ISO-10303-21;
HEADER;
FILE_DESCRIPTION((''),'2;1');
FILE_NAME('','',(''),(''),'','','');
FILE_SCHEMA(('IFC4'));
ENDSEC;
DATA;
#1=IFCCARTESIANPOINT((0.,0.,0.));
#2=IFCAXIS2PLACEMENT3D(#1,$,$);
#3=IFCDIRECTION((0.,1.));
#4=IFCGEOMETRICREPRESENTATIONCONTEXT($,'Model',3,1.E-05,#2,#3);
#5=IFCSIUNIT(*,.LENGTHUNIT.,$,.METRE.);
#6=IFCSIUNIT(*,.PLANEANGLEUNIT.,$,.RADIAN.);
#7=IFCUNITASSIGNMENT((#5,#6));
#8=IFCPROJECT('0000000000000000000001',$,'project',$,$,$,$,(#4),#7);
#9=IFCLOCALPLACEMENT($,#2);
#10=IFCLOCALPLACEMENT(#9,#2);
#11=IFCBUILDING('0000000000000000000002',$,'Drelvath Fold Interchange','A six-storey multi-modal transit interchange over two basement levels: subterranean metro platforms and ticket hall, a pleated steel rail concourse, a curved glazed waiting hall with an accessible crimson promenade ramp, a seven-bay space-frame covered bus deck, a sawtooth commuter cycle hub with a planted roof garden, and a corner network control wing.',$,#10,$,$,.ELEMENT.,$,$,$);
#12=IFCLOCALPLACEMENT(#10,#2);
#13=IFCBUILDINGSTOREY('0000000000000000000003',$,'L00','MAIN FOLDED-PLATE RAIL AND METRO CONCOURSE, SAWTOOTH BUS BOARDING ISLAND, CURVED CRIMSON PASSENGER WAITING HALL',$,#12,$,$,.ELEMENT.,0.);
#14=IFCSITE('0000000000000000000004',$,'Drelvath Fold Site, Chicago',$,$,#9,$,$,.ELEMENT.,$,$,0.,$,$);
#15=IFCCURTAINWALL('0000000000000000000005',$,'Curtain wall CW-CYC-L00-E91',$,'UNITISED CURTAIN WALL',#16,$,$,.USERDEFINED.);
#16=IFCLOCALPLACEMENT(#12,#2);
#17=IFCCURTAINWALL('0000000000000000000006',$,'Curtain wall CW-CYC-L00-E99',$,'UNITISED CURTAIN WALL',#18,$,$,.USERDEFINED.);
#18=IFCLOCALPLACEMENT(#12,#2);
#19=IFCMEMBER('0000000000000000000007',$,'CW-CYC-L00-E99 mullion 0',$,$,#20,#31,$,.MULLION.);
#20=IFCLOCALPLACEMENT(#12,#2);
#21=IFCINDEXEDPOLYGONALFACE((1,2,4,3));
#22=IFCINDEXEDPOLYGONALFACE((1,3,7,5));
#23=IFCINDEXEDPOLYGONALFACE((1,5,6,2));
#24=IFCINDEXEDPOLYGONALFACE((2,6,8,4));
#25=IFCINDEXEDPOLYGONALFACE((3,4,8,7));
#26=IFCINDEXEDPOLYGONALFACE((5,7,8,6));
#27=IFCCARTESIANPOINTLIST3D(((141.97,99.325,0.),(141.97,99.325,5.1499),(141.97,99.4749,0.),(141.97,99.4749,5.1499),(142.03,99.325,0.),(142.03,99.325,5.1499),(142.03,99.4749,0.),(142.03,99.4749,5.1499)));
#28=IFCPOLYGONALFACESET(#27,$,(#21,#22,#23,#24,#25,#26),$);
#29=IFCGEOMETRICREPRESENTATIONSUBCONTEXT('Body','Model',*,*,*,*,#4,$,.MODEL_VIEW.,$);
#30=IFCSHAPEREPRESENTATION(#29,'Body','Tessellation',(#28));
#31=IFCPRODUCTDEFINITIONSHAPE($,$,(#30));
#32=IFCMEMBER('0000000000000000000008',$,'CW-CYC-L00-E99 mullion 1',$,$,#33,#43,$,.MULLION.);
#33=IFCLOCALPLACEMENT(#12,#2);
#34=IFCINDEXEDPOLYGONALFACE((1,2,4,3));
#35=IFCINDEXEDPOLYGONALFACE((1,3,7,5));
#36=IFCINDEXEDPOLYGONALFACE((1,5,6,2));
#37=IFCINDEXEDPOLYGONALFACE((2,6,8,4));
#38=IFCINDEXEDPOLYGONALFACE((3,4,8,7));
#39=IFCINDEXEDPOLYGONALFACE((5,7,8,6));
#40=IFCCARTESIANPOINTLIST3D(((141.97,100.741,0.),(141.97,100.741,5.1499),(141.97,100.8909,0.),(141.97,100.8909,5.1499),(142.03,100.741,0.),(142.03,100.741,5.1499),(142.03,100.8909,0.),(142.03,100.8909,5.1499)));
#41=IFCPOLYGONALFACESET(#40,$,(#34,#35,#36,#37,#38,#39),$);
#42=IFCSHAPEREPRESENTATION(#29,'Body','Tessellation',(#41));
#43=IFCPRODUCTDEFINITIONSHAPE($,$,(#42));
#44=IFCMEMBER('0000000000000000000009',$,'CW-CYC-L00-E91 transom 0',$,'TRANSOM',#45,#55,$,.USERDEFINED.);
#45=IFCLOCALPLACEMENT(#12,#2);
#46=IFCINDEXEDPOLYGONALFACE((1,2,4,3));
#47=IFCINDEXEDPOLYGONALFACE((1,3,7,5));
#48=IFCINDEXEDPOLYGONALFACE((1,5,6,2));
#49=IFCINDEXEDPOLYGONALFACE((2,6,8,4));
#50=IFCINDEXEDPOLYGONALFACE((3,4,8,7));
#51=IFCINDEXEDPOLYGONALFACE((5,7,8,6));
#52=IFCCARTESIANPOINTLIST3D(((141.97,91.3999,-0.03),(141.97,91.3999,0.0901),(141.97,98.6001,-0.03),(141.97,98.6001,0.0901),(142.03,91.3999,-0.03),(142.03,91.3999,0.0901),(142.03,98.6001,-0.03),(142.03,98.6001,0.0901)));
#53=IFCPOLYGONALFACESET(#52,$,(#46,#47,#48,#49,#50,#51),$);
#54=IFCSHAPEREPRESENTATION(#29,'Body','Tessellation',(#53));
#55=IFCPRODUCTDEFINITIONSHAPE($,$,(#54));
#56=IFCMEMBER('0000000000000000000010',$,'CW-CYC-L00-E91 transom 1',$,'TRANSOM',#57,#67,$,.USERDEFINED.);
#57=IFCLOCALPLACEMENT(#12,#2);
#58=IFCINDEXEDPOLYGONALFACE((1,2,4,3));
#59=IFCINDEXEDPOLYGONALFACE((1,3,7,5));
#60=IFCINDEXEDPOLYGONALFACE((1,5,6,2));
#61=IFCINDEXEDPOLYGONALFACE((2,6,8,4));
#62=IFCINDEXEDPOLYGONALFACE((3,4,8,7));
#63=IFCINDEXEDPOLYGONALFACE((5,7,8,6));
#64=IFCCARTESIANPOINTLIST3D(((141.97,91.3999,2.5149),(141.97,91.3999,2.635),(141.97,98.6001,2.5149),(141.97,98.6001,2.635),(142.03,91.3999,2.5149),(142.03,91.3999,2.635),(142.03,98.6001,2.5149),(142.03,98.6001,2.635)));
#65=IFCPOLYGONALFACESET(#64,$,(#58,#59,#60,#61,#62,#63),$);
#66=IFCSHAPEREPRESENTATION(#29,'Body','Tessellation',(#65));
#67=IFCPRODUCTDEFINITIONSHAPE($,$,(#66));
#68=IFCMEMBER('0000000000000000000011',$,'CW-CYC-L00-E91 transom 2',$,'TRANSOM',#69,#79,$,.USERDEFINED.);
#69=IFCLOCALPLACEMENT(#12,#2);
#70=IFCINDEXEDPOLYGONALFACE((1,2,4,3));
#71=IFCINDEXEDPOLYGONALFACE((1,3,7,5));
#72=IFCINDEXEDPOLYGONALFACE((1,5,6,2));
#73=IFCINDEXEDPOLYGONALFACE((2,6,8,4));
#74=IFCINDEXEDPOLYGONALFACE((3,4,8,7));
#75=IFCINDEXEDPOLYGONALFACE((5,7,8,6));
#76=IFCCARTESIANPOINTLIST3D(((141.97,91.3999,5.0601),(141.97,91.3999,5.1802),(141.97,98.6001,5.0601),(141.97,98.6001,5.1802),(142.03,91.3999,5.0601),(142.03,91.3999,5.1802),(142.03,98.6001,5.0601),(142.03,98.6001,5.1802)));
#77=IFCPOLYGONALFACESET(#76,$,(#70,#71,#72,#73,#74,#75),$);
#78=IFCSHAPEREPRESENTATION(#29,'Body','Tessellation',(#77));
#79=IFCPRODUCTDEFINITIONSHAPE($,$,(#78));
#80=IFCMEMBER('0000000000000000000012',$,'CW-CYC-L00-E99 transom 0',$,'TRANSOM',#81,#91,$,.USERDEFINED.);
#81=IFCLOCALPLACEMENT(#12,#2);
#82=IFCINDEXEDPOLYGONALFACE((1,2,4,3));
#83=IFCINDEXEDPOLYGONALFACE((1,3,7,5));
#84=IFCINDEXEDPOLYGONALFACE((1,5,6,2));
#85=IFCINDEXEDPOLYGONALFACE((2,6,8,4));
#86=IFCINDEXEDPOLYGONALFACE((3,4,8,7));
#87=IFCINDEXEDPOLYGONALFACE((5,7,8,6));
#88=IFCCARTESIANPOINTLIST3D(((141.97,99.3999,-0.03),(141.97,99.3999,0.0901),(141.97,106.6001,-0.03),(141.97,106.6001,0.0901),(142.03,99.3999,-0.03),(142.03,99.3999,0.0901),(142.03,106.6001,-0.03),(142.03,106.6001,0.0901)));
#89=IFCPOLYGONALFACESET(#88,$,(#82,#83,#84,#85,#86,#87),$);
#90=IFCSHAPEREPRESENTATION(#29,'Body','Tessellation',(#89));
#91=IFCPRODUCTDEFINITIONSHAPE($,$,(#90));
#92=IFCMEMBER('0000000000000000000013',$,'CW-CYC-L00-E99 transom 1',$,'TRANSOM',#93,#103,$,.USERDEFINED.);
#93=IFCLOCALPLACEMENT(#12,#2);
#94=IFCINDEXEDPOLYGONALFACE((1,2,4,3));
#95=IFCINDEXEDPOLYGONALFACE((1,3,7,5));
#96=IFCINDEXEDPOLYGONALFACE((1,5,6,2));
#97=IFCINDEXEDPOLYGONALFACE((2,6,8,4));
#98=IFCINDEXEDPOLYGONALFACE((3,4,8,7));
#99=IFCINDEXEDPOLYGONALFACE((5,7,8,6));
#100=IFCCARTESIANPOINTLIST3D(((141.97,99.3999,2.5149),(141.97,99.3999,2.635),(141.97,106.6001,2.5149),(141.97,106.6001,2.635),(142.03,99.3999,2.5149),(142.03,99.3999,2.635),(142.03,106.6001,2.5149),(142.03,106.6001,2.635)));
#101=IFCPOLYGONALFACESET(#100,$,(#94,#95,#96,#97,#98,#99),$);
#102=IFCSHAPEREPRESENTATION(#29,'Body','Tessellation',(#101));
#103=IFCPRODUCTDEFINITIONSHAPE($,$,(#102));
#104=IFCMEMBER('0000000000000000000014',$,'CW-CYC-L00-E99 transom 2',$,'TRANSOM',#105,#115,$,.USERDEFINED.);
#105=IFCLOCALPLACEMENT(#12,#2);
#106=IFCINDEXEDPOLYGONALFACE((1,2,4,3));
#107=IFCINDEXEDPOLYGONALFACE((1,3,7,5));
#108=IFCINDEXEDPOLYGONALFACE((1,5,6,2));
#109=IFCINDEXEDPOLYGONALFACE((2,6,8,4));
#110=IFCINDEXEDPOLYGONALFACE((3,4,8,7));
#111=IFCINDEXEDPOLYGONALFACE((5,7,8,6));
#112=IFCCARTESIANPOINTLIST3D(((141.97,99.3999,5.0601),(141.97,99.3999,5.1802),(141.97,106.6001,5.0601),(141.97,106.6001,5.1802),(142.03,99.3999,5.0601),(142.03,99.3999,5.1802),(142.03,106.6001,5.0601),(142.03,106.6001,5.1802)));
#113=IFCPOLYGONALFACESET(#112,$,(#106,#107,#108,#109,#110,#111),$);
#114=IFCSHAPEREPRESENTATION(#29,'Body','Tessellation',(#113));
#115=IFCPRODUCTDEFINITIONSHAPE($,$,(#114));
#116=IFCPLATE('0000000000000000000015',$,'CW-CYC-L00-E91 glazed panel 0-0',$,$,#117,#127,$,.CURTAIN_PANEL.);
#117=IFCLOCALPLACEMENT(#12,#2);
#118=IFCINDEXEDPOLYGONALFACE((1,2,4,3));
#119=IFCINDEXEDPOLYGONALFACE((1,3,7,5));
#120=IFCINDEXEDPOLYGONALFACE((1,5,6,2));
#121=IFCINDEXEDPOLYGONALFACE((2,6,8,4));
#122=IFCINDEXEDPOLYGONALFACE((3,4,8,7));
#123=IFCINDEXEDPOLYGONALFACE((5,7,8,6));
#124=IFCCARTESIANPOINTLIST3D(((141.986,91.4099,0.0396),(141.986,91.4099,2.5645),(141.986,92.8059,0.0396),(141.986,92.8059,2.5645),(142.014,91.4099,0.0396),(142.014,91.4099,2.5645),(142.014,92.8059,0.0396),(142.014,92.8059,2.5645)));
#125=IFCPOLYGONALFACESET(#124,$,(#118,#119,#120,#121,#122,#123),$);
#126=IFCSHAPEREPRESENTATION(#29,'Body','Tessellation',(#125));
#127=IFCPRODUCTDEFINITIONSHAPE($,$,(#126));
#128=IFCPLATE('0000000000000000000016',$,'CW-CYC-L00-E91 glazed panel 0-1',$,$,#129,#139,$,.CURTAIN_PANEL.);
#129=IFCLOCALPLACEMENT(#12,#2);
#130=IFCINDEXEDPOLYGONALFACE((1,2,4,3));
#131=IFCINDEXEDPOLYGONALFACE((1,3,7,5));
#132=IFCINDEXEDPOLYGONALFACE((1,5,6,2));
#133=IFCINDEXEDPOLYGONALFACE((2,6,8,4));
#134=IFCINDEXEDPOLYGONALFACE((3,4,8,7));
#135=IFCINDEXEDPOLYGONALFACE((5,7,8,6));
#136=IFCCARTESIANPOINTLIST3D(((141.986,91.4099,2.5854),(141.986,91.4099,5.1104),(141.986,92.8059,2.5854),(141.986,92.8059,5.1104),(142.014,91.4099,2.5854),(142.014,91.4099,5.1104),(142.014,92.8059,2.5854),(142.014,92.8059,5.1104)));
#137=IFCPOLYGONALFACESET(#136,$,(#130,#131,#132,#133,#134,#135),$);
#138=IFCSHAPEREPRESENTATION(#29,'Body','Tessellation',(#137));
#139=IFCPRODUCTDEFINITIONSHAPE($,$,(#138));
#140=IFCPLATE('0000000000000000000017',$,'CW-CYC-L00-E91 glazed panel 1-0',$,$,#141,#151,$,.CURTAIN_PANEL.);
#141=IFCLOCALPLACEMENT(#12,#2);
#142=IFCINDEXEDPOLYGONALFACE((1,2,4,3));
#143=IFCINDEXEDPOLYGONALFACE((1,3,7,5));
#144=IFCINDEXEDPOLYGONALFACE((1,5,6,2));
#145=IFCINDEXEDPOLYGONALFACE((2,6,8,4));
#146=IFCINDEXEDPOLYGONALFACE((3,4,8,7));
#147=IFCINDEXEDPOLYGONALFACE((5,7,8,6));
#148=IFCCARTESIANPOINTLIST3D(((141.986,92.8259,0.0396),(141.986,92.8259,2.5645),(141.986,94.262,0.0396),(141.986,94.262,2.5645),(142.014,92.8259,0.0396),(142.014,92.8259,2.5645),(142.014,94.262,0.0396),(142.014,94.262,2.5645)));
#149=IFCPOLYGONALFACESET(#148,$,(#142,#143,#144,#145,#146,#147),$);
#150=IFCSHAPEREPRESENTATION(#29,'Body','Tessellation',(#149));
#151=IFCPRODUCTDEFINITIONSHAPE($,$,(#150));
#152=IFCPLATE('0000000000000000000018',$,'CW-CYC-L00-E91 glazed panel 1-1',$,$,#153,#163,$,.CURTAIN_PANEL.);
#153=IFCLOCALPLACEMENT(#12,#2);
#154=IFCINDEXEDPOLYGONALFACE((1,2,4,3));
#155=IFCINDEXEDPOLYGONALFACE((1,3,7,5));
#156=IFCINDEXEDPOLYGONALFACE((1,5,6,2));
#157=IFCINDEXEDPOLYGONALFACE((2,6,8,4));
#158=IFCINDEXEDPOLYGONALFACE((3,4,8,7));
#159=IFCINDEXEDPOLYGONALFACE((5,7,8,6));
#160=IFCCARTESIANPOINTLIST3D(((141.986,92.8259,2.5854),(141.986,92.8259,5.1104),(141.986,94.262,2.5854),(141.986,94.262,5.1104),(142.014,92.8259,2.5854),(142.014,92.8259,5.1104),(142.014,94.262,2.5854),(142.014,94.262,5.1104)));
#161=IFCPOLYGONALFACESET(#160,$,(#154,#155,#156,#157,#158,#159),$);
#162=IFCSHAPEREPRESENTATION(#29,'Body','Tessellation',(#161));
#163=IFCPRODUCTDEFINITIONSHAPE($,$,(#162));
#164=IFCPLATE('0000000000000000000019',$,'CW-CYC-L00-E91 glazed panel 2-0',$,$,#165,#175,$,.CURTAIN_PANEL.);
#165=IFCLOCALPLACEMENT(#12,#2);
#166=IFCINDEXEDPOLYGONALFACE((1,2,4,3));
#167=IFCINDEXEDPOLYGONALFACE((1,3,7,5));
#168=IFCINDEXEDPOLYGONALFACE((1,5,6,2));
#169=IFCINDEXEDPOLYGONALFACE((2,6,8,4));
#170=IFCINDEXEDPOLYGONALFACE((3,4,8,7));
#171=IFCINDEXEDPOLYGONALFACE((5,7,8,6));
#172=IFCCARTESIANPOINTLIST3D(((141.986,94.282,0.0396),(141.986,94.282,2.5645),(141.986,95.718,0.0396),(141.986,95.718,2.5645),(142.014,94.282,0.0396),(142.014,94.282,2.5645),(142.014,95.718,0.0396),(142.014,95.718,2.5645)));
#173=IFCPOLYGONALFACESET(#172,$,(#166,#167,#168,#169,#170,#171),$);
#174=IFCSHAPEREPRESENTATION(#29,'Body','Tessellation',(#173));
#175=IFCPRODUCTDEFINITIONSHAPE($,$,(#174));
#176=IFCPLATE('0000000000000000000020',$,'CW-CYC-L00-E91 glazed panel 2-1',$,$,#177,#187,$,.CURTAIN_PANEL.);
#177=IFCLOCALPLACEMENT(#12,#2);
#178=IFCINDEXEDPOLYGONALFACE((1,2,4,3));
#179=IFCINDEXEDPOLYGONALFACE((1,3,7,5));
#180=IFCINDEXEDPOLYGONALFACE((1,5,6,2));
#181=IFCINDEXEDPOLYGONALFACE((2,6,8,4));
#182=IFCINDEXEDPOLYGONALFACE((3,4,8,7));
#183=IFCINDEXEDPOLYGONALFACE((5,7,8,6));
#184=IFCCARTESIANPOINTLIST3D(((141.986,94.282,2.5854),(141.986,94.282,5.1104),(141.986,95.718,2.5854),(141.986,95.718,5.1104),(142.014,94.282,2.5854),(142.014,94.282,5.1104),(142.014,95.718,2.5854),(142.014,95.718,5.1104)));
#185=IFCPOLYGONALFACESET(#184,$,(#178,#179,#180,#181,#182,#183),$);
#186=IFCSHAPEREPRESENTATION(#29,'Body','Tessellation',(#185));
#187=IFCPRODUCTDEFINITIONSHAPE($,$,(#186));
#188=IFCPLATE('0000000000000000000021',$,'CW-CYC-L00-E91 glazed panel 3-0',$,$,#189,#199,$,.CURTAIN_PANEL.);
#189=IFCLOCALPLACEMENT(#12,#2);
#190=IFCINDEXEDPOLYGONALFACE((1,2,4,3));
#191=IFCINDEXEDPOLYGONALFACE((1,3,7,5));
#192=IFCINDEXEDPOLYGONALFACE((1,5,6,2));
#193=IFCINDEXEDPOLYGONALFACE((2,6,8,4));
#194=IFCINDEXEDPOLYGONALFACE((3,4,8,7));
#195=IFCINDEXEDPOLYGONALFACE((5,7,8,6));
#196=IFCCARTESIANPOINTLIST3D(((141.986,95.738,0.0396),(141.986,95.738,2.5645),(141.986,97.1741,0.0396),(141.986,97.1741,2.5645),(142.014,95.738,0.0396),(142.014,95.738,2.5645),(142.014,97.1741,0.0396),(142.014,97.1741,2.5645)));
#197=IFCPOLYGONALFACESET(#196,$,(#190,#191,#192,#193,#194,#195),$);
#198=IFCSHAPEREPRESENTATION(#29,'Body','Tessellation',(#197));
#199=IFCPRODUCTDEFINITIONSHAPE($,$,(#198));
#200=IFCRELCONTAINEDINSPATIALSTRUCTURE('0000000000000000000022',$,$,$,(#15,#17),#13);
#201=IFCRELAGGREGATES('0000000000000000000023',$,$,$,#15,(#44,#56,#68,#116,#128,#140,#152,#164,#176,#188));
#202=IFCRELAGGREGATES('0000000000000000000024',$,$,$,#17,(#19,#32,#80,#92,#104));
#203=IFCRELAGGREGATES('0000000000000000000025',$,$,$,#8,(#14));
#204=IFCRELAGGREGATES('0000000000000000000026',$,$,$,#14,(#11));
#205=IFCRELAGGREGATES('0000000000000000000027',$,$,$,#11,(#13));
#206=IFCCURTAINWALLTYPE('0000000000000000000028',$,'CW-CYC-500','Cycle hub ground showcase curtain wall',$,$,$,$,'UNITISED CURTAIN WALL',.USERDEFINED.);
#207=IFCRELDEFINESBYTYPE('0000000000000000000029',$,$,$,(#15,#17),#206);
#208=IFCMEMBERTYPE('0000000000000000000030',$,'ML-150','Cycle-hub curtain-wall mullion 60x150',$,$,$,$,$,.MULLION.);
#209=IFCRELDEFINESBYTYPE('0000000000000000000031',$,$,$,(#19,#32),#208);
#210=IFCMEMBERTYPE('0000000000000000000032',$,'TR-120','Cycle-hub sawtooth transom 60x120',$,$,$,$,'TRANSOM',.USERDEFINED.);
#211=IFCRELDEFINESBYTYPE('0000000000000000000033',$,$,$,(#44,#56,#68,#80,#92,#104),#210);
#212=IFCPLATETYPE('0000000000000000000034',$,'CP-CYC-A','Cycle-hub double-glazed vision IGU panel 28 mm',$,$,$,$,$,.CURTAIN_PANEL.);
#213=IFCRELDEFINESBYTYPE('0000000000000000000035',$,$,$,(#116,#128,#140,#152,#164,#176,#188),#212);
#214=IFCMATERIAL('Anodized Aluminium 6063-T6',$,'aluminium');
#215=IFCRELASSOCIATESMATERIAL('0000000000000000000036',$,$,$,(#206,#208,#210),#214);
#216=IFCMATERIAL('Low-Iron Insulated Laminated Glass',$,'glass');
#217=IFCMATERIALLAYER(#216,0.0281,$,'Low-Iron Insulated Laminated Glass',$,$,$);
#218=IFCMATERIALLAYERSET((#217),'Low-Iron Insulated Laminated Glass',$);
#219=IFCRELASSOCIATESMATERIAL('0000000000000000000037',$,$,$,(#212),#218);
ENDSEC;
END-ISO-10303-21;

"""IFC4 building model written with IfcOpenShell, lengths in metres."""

from ifc_helpers import new_model, si_unit, direction, frame, origin, origin_2d, place, context, subcontext, project, spatial, rectangle, extrude, material, layer, layer_set, material_profile, profile_set, type_object, element, aggregate, save


model = new_model("IFC4")

# Units and contexts
model_context = context("Model", 3, precision=1e-05, world=origin(), true_north=direction((0.0, 1.0)))
body_context = subcontext(model_context, "Body", "Model", "MODEL_VIEW")
ifc_project = project(units=[si_unit("LENGTHUNIT", "METRE"), si_unit("PLANEANGLEUNIT", "RADIAN")], contexts=[model_context])

# Site, building, storey
site_placement = place(None, origin())
site = spatial("IfcSite", under=ifc_project, at=site_placement, Name="Drelvath Fold Site, Chicago", CompositionType="ELEMENT", RefElevation=0.0)
building_placement = place(site_placement, origin())
building = spatial("IfcBuilding", under=site, at=building_placement, Name="Drelvath Fold Interchange", Description="A six-storey multi-modal transit interchange over two basement levels: subterranean metro platforms and ticket hall, a pleated steel rail concourse, a curved glazed waiting hall with an accessible crimson promenade ramp, a seven-bay space-frame covered bus deck, a sawtooth commuter cycle hub with a planted roof garden, and a corner network control wing.", CompositionType="ELEMENT")
storey_placement = place(building_placement, origin())
storey = spatial("IfcBuildingStorey", under=building, at=storey_placement, Name="L00", Description="MAIN FOLDED-PLATE RAIL AND METRO CONCOURSE, SAWTOOTH BUS BOARDING ISLAND, CURVED CRIMSON PASSENGER WAITING HALL", CompositionType="ELEMENT", Elevation=0.0)

# Curtain walls, members
ifc_material_1 = material(Name="Anodized Aluminium 6063-T6", Category="aluminium")
curtain_wall_type = type_object("IfcCurtainWallType", Name="CW-CYC-500", Description="Cycle hub ground showcase curtain wall", ElementType="UNITISED CURTAIN WALL", PredefinedType="USERDEFINED", material=ifc_material_1)
curtain_wall_1_placement = place(storey_placement, origin())
curtain_wall_1 = element("IfcCurtainWall", 1, at=curtain_wall_1_placement, inside=storey, type_object=curtain_wall_type, Name="Curtain wall CW-CYC-L00-E91", ObjectType="UNITISED CURTAIN WALL", PredefinedType="USERDEFINED")
ifc_material_profile_1 = material_profile(ifc_material_1, rectangle(XDim=0.0601, YDim=0.1499, at=origin_2d()), Name="AL-M 60x150")
ifc_profile_set_1 = profile_set([ifc_material_profile_1], Name="Anodized Aluminium 6063-T6")
member_type_1 = type_object("IfcMemberType", Name="ML-150", Description="Cycle-hub curtain-wall mullion 60x150", PredefinedType="MULLION", material=ifc_profile_set_1)
curtain_wall_2_placement = place(storey_placement, origin())
curtain_wall_2 = element("IfcCurtainWall", 2, at=curtain_wall_2_placement, inside=storey, type_object=curtain_wall_type, Name="Curtain wall CW-CYC-L00-E99", ObjectType="UNITISED CURTAIN WALL", PredefinedType="USERDEFINED")
member_1_placement = place(storey_placement, frame((142.0, 99.3999, 0.0), z_axis=(0.0, 0.0, 1.0), x_axis=(1.0, 0.0, 0.0)))
member_1 = element("IfcMember", 3, at=member_1_placement, type_object=member_type_1, Name="CW-CYC-L00-E99 mullion 0", PredefinedType="MULLION", context=body_context, shape_type="SweptSolid", body=[
    extrude(rectangle(XDim=0.0601, YDim=0.1499, at=origin_2d()), origin(), (0.0, 0.0, 1.0), 5.1499),
])
member_2_placement = place(storey_placement, frame((142.0, 100.8159, 0.0), z_axis=(0.0, 0.0, 1.0), x_axis=(1.0, 0.0, 0.0)))
member_2 = element("IfcMember", 4, at=member_2_placement, type_object=member_type_1, Name="CW-CYC-L00-E99 mullion 1", PredefinedType="MULLION", context=body_context, shape_type="SweptSolid", body=[
    extrude(rectangle(XDim=0.0601, YDim=0.1499, at=origin_2d()), origin(), (0.0, 0.0, 1.0), 5.1499),
])

# Members
ifc_material_profile_2 = material_profile(ifc_material_1, rectangle(XDim=0.0601, YDim=0.1201, at=origin_2d()), Name="AL-T 60x120")
ifc_profile_set_2 = profile_set([ifc_material_profile_2], Name="Anodized Aluminium 6063-T6")
member_type_2 = type_object("IfcMemberType", Name="TR-120", Description="Cycle-hub sawtooth transom 60x120", ElementType="TRANSOM", PredefinedType="USERDEFINED", material=ifc_profile_set_2)
member_3_placement = place(storey_placement, frame((142.0, 91.3999, 0.03), z_axis=(0.0, 1.0, 0.0), x_axis=(-1.0, 0.0, 0.0)))
member_3 = element("IfcMember", 5, at=member_3_placement, type_object=member_type_2, Name="CW-CYC-L00-E91 transom 0", ObjectType="TRANSOM", PredefinedType="USERDEFINED", context=body_context, shape_type="SweptSolid", body=[
    extrude(rectangle(XDim=0.0601, YDim=0.1201, at=origin_2d()), origin(), (0.0, 0.0, 1.0), 7.2002),
])
member_4_placement = place(storey_placement, frame((142.0, 91.3999, 2.575), z_axis=(0.0, 1.0, 0.0), x_axis=(-1.0, 0.0, 0.0)))
member_4 = element("IfcMember", 6, at=member_4_placement, type_object=member_type_2, Name="CW-CYC-L00-E91 transom 1", ObjectType="TRANSOM", PredefinedType="USERDEFINED", context=body_context, shape_type="SweptSolid", body=[
    extrude(rectangle(XDim=0.0601, YDim=0.1201, at=origin_2d()), origin(), (0.0, 0.0, 1.0), 7.2002),
])
member_5_placement = place(storey_placement, frame((142.0, 91.3999, 5.1201), z_axis=(0.0, 1.0, 0.0), x_axis=(-1.0, 0.0, 0.0)))
member_5 = element("IfcMember", 7, at=member_5_placement, type_object=member_type_2, Name="CW-CYC-L00-E91 transom 2", ObjectType="TRANSOM", PredefinedType="USERDEFINED", context=body_context, shape_type="SweptSolid", body=[
    extrude(rectangle(XDim=0.0601, YDim=0.1201, at=origin_2d()), origin(), (0.0, 0.0, 1.0), 7.2002),
])
member_6_placement = place(storey_placement, frame((142.0, 99.3999, 0.03), z_axis=(0.0, 1.0, 0.0), x_axis=(-1.0, 0.0, 0.0)))
member_6 = element("IfcMember", 8, at=member_6_placement, type_object=member_type_2, Name="CW-CYC-L00-E99 transom 0", ObjectType="TRANSOM", PredefinedType="USERDEFINED", context=body_context, shape_type="SweptSolid", body=[
    extrude(rectangle(XDim=0.0601, YDim=0.1201, at=origin_2d()), origin(), (0.0, 0.0, 1.0), 7.2002),
])
member_7_placement = place(storey_placement, frame((142.0, 99.3999, 2.575), z_axis=(0.0, 1.0, 0.0), x_axis=(-1.0, 0.0, 0.0)))
member_7 = element("IfcMember", 9, at=member_7_placement, type_object=member_type_2, Name="CW-CYC-L00-E99 transom 1", ObjectType="TRANSOM", PredefinedType="USERDEFINED", context=body_context, shape_type="SweptSolid", body=[
    extrude(rectangle(XDim=0.0601, YDim=0.1201, at=origin_2d()), origin(), (0.0, 0.0, 1.0), 7.2002),
])
member_8_placement = place(storey_placement, frame((142.0, 99.3999, 5.1201), z_axis=(0.0, 1.0, 0.0), x_axis=(-1.0, 0.0, 0.0)))
member_8 = element("IfcMember", 10, at=member_8_placement, type_object=member_type_2, Name="CW-CYC-L00-E99 transom 2", ObjectType="TRANSOM", PredefinedType="USERDEFINED", context=body_context, shape_type="SweptSolid", body=[
    extrude(rectangle(XDim=0.0601, YDim=0.1201, at=origin_2d()), origin(), (0.0, 0.0, 1.0), 7.2002),
])

# Plates
ifc_material_2 = material(Name="Low-Iron Insulated Laminated Glass", Category="glass")
ifc_layer = layer(ifc_material_2, 0.0281, Name="Low-Iron Insulated Laminated Glass")
ifc_layer_set = layer_set([ifc_layer], Name="Low-Iron Insulated Laminated Glass")
plate_type = type_object("IfcPlateType", Name="CP-CYC-A", Description="Cycle-hub double-glazed vision IGU panel 28 mm", PredefinedType="CURTAIN_PANEL", material=ifc_layer_set)
plate_1_placement = place(storey_placement, frame((142.0, 92.1079, 0.0396), z_axis=(0.0, 0.0, 1.0), x_axis=(0.0, 1.0, 0.0)))
plate_1 = element("IfcPlate", 11, at=plate_1_placement, type_object=plate_type, Name="CW-CYC-L00-E91 glazed panel 0-0", PredefinedType="CURTAIN_PANEL", context=body_context, shape_type="SweptSolid", body=[
    extrude(rectangle(XDim=1.396, YDim=0.0281, at=origin_2d()), origin(), (0.0, 0.0, 1.0), 2.5249),
])
plate_2_placement = place(storey_placement, frame((142.0, 92.1079, 2.5854), z_axis=(0.0, 0.0, 1.0), x_axis=(0.0, 1.0, 0.0)))
plate_2 = element("IfcPlate", 12, at=plate_2_placement, type_object=plate_type, Name="CW-CYC-L00-E91 glazed panel 0-1", PredefinedType="CURTAIN_PANEL", context=body_context, shape_type="SweptSolid", body=[
    extrude(rectangle(XDim=1.396, YDim=0.0281, at=origin_2d()), origin(), (0.0, 0.0, 1.0), 2.5249),
])
plate_3_placement = place(storey_placement, frame((142.0, 93.5439, 0.0396), z_axis=(0.0, 0.0, 1.0), x_axis=(0.0, 1.0, 0.0)))
plate_3 = element("IfcPlate", 13, at=plate_3_placement, type_object=plate_type, Name="CW-CYC-L00-E91 glazed panel 1-0", PredefinedType="CURTAIN_PANEL", context=body_context, shape_type="SweptSolid", body=[
    extrude(rectangle(XDim=1.436, YDim=0.0281, at=origin_2d()), origin(), (0.0, 0.0, 1.0), 2.5249),
])
plate_4_placement = place(storey_placement, frame((142.0, 93.5439, 2.5854), z_axis=(0.0, 0.0, 1.0), x_axis=(0.0, 1.0, 0.0)))
plate_4 = element("IfcPlate", 14, at=plate_4_placement, type_object=plate_type, Name="CW-CYC-L00-E91 glazed panel 1-1", PredefinedType="CURTAIN_PANEL", context=body_context, shape_type="SweptSolid", body=[
    extrude(rectangle(XDim=1.436, YDim=0.0281, at=origin_2d()), origin(), (0.0, 0.0, 1.0), 2.5249),
])
plate_5_placement = place(storey_placement, frame((142.0, 95.0, 0.0396), z_axis=(0.0, 0.0, 1.0), x_axis=(0.0, 1.0, 0.0)))
plate_5 = element("IfcPlate", 15, at=plate_5_placement, type_object=plate_type, Name="CW-CYC-L00-E91 glazed panel 2-0", PredefinedType="CURTAIN_PANEL", context=body_context, shape_type="SweptSolid", body=[
    extrude(rectangle(XDim=1.436, YDim=0.0281, at=origin_2d()), origin(), (0.0, 0.0, 1.0), 2.5249),
])
plate_6_placement = place(storey_placement, frame((142.0, 95.0, 2.5854), z_axis=(0.0, 0.0, 1.0), x_axis=(0.0, 1.0, 0.0)))
plate_6 = element("IfcPlate", 16, at=plate_6_placement, type_object=plate_type, Name="CW-CYC-L00-E91 glazed panel 2-1", PredefinedType="CURTAIN_PANEL", context=body_context, shape_type="SweptSolid", body=[
    extrude(rectangle(XDim=1.436, YDim=0.0281, at=origin_2d()), origin(), (0.0, 0.0, 1.0), 2.5249),
])
plate_7_placement = place(storey_placement, frame((142.0, 96.4561, 0.0396), z_axis=(0.0, 0.0, 1.0), x_axis=(0.0, 1.0, 0.0)))
plate_7 = element("IfcPlate", 17, at=plate_7_placement, type_object=plate_type, Name="CW-CYC-L00-E91 glazed panel 3-0", PredefinedType="CURTAIN_PANEL", context=body_context, shape_type="SweptSolid", body=[
    extrude(rectangle(XDim=1.436, YDim=0.0281, at=origin_2d()), origin(), (0.0, 0.0, 1.0), 2.5249),
])
aggregate(curtain_wall_1, [member_3, member_4, member_5, plate_1, plate_2, plate_3, plate_4, plate_5, plate_6, plate_7])
aggregate(curtain_wall_2, [member_1, member_2, member_6, member_7, member_8])

save(model, "model.ifc")
